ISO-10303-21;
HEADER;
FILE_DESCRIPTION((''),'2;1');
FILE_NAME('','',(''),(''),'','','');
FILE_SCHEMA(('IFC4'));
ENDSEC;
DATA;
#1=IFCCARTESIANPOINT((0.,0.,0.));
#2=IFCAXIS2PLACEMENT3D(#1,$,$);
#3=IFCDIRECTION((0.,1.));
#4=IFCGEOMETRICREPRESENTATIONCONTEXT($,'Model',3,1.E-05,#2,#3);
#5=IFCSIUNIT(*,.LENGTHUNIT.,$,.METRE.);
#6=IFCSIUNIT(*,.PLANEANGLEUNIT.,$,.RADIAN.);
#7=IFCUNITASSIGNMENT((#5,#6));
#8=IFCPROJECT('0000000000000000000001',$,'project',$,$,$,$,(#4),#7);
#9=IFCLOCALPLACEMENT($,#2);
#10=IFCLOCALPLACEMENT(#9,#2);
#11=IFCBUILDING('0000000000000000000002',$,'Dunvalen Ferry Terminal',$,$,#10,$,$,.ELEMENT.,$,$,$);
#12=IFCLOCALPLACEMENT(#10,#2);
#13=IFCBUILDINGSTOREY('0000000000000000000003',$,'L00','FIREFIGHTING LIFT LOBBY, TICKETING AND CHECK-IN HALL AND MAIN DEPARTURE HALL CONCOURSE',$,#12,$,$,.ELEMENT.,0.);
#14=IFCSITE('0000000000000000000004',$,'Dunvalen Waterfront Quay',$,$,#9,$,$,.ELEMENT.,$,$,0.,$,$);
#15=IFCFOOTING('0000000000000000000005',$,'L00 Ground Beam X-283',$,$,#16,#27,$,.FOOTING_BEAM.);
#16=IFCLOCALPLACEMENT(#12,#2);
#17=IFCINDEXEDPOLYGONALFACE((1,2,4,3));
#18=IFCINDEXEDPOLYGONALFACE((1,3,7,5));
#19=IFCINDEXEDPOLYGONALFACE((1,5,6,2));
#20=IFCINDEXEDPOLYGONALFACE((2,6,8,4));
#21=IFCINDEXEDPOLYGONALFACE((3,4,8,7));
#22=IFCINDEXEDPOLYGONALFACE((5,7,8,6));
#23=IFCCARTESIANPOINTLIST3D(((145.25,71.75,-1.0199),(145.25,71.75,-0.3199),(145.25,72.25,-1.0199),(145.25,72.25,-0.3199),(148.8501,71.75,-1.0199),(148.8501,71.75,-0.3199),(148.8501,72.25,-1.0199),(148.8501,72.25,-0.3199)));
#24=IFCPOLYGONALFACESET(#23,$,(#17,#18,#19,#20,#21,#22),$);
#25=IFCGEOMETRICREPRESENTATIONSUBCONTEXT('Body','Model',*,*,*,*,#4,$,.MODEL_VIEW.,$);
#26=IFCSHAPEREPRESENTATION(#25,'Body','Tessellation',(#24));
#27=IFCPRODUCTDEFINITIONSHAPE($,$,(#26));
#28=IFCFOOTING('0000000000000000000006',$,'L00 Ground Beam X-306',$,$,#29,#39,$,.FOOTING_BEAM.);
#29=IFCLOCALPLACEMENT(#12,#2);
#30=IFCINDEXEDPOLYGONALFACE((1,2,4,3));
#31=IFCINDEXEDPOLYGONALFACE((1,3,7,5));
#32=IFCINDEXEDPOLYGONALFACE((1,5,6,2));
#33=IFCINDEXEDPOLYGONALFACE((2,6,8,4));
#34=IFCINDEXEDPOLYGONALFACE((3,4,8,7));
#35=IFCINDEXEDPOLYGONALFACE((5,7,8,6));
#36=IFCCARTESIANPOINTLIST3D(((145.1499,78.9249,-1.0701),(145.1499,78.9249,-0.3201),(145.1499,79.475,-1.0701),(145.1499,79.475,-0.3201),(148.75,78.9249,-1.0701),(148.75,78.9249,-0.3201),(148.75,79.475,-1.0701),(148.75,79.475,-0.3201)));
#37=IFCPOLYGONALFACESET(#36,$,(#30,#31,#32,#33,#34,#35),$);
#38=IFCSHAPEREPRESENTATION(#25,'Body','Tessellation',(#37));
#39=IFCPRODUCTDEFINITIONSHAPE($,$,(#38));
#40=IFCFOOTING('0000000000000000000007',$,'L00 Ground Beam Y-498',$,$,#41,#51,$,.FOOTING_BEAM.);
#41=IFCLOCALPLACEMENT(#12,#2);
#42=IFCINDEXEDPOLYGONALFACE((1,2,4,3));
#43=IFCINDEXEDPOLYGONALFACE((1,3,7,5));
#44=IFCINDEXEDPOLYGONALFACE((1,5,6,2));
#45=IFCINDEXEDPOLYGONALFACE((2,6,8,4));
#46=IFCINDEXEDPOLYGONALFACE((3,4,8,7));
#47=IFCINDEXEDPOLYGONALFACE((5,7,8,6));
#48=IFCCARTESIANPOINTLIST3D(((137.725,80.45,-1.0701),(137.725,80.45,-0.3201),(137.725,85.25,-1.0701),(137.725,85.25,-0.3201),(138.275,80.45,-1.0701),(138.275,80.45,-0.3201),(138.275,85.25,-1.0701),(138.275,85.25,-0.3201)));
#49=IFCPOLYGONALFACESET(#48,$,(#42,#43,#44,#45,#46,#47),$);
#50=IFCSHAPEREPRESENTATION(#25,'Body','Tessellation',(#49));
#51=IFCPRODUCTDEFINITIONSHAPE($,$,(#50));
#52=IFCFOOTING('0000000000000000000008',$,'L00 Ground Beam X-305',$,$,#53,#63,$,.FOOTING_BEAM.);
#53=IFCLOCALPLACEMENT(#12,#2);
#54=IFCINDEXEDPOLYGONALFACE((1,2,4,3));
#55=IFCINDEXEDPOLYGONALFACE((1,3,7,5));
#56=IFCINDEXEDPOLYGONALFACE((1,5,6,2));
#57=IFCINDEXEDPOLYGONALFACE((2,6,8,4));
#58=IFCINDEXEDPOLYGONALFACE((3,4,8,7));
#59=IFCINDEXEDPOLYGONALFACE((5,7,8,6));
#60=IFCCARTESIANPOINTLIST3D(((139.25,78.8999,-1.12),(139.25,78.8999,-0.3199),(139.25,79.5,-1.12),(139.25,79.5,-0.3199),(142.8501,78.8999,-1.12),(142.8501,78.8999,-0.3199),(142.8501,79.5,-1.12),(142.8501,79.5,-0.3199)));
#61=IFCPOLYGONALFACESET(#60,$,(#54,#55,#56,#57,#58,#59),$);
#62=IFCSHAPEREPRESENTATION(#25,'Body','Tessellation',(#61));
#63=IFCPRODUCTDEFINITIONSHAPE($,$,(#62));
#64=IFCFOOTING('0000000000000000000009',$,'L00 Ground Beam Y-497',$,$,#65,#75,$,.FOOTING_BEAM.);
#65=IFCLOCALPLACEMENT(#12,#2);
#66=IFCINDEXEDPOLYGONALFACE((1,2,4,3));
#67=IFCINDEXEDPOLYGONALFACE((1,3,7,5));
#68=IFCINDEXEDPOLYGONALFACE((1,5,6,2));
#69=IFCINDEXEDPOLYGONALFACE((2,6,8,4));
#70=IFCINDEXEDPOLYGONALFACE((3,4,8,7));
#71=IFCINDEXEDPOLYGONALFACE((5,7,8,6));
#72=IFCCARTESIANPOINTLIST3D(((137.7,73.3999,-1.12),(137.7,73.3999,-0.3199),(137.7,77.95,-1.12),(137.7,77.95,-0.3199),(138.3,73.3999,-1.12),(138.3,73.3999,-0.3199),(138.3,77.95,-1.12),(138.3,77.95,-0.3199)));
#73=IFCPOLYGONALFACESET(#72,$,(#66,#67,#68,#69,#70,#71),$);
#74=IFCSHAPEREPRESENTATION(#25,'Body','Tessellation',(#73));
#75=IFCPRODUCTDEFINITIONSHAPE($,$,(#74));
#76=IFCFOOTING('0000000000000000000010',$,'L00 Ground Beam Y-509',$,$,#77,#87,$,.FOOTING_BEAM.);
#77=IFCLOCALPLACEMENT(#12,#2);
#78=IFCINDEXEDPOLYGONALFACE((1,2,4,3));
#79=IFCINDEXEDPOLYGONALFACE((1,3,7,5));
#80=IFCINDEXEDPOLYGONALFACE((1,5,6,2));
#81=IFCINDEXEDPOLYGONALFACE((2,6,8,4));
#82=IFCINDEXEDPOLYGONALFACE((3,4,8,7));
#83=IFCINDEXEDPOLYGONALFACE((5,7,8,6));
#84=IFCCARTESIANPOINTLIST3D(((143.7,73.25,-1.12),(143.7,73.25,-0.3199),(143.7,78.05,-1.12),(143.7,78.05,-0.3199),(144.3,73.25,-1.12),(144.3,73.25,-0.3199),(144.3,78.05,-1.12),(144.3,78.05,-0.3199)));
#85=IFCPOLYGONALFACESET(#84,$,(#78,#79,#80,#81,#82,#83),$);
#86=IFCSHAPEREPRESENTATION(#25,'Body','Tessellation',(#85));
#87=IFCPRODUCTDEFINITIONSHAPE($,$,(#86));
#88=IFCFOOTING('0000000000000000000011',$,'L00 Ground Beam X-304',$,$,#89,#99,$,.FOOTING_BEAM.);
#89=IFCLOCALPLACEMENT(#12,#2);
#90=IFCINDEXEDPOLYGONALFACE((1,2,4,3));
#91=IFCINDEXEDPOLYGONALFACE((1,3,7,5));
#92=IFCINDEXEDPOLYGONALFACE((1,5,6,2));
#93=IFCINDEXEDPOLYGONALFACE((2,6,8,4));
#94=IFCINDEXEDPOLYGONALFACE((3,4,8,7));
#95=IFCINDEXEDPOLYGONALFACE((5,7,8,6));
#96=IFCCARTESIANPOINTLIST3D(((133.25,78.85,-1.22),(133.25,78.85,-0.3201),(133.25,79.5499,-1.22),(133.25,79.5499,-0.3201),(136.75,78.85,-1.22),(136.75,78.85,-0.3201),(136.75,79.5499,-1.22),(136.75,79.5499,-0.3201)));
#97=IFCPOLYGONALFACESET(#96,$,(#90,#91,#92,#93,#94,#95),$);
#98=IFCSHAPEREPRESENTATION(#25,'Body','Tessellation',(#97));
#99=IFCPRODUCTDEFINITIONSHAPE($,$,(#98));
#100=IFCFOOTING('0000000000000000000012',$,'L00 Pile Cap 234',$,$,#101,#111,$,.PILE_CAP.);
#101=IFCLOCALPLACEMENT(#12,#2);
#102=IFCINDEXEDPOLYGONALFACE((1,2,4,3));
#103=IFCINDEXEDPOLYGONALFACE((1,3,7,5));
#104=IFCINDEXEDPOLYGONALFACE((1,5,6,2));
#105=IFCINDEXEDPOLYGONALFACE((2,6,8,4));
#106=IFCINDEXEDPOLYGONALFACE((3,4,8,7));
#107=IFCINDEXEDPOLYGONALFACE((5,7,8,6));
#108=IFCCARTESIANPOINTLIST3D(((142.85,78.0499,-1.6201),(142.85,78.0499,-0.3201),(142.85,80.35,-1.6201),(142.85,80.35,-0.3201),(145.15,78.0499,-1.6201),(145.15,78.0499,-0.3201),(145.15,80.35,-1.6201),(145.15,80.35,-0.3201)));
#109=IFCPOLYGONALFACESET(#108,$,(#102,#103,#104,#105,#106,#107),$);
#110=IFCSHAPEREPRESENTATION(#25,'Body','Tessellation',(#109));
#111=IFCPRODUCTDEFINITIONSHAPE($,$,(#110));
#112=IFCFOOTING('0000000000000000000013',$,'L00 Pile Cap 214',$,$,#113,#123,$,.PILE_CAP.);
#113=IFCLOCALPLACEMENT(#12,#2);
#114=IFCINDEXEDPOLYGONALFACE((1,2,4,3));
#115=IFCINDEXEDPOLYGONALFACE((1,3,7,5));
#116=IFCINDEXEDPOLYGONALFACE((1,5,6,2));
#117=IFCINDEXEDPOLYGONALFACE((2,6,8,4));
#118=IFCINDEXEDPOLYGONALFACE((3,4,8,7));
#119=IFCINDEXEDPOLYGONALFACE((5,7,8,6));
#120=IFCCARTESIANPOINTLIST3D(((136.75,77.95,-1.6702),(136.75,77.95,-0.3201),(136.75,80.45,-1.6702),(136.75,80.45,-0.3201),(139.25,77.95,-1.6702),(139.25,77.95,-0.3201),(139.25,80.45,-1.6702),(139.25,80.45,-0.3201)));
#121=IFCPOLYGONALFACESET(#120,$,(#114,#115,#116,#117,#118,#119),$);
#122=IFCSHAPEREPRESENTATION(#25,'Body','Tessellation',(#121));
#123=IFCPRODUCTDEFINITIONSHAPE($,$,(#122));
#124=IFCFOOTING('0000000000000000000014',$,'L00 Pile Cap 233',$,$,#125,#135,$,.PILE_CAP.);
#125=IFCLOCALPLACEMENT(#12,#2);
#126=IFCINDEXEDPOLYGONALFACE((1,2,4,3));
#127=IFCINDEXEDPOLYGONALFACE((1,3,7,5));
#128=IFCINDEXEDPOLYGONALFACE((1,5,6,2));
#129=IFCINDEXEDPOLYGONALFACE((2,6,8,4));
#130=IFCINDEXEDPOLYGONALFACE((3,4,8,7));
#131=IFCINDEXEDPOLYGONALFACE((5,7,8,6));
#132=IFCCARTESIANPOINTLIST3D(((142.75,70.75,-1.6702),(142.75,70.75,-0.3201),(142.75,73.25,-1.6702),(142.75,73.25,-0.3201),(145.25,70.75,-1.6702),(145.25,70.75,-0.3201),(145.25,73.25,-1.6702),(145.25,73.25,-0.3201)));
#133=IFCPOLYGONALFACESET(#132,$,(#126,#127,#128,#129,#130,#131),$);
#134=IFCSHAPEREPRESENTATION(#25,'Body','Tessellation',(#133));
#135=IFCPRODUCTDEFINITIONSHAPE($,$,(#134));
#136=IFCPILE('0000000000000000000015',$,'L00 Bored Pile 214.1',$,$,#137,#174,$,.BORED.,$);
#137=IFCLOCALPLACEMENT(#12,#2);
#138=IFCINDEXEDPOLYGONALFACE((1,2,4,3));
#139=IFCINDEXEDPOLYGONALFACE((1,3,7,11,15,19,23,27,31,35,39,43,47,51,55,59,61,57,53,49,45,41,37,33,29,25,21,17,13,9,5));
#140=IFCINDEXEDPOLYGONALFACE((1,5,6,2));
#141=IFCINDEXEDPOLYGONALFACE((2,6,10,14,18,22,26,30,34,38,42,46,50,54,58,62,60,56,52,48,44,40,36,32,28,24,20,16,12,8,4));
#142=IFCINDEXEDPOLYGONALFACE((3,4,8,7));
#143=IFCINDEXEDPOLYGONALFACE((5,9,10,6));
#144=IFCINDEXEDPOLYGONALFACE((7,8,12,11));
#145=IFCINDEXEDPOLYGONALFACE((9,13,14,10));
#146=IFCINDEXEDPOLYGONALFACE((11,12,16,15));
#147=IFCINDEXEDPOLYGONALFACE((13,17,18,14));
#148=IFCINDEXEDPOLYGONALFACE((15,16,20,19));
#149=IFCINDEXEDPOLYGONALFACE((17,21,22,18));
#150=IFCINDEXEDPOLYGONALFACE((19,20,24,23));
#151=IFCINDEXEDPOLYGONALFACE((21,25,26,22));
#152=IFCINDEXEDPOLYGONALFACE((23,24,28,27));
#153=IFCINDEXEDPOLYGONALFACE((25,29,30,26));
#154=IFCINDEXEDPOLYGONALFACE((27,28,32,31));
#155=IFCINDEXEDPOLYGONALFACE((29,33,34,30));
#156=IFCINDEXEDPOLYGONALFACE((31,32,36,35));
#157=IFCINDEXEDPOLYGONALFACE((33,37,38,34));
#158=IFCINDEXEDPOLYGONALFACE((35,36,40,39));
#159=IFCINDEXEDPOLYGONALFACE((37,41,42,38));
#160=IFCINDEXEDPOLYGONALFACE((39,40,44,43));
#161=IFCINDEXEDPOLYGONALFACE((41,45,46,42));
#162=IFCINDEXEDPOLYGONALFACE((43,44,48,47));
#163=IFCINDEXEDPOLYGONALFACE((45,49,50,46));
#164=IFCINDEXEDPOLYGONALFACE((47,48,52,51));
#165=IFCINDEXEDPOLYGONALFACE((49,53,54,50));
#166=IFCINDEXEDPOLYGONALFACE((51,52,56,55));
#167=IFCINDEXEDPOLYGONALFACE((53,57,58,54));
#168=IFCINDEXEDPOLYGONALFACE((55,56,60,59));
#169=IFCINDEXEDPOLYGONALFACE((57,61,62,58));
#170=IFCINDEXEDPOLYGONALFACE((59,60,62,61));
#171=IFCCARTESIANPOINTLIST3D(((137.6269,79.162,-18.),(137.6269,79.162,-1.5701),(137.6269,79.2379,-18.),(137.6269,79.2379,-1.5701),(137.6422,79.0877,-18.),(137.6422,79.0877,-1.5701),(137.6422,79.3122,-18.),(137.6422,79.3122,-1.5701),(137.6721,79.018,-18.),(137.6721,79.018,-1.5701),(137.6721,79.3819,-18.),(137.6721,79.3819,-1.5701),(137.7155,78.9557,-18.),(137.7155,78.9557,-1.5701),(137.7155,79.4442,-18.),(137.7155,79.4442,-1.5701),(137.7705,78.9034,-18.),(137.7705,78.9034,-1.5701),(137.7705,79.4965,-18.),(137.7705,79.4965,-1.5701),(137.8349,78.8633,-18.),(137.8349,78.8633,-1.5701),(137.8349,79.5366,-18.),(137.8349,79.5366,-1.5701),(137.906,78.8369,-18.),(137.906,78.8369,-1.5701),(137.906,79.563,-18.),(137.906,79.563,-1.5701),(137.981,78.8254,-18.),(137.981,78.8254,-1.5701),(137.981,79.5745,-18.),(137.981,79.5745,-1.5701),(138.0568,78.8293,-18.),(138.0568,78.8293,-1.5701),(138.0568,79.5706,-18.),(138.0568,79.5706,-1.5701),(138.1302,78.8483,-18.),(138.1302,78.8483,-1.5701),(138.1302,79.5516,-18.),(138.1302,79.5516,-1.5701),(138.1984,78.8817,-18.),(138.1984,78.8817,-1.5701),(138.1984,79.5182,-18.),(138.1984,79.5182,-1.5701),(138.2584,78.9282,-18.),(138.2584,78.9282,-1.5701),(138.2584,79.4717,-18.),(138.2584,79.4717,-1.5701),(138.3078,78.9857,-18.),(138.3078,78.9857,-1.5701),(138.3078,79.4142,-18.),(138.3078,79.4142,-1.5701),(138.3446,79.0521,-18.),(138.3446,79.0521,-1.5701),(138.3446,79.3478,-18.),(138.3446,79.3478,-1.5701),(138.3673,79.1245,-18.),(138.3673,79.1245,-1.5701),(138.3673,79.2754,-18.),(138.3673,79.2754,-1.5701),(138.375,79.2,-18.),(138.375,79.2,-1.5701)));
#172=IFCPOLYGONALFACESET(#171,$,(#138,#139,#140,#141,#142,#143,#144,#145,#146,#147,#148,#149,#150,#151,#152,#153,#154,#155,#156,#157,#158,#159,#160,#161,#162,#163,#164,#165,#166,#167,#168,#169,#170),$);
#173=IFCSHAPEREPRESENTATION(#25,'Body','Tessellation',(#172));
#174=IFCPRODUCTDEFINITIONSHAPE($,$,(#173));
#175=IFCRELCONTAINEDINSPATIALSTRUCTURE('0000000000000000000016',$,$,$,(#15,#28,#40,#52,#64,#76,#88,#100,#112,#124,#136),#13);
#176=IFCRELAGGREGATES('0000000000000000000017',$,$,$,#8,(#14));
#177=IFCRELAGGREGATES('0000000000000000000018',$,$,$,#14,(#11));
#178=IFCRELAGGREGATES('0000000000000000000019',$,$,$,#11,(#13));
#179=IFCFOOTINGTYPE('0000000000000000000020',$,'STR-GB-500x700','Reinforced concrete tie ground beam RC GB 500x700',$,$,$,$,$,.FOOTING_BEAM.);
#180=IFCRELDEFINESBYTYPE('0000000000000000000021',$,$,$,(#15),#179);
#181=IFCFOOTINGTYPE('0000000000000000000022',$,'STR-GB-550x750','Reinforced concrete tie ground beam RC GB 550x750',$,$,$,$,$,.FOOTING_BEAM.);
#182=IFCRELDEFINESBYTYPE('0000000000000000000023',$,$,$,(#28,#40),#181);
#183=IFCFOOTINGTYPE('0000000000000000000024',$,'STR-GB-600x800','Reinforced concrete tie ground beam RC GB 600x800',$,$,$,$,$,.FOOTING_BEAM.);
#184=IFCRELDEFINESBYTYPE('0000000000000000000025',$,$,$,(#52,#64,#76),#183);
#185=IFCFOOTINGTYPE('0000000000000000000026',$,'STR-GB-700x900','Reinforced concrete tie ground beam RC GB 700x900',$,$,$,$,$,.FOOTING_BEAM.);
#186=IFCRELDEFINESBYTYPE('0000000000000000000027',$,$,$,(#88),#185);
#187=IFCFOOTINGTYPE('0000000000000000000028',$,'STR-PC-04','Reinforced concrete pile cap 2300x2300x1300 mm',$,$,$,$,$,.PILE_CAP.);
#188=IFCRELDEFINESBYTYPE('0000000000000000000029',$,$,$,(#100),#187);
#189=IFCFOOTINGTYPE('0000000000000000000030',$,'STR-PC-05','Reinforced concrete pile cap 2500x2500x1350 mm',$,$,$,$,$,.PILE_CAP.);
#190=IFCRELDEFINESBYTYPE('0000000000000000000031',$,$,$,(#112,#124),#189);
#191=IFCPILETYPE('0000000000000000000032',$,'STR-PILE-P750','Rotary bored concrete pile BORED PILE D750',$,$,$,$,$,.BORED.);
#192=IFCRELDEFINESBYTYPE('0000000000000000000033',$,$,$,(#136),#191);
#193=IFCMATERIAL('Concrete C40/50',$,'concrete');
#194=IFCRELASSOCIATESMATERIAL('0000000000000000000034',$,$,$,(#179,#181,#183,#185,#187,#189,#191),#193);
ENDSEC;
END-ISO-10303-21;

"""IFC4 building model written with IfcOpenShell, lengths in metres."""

from ifc_helpers import new_model, si_unit, direction, frame, origin, origin_2d, place, context, subcontext, project, spatial, rectangle, circle, extrude, material, material_profile, profile_set, type_object, element, save


model = new_model("IFC4")

# Units and contexts
model_context = context("Model", 3, precision=1e-05, world=origin(), true_north=direction((0.0, 1.0)))
body_context = subcontext(model_context, "Body", "Model", "MODEL_VIEW")
ifc_project = project(units=[si_unit("LENGTHUNIT", "METRE"), si_unit("PLANEANGLEUNIT", "RADIAN")], contexts=[model_context])

# Site, building, storey
site_placement = place(None, origin())
site = spatial("IfcSite", under=ifc_project, at=site_placement, Name="Dunvalen Waterfront Quay", CompositionType="ELEMENT", RefElevation=0.0)
building_placement = place(site_placement, origin())
building = spatial("IfcBuilding", under=site, at=building_placement, Name="Dunvalen Ferry Terminal", CompositionType="ELEMENT")
storey_placement = place(building_placement, origin())
storey = spatial("IfcBuildingStorey", under=building, at=storey_placement, Name="L00", Description="FIREFIGHTING LIFT LOBBY, TICKETING AND CHECK-IN HALL AND MAIN DEPARTURE HALL CONCOURSE", CompositionType="ELEMENT", Elevation=0.0)

# Footings
ifc_material_1 = material(Name="Concrete C40/50", Category="concrete")
ifc_material_profile_1 = material_profile(ifc_material_1, rectangle(XDim=0.5, YDim=0.7, at=origin_2d()), Name="Concrete C40/50")
ifc_profile_set_1 = profile_set([ifc_material_profile_1], Name="Concrete C40/50")
footing_type_1 = type_object("IfcFootingType", Name="STR-GB-500x700", Description="Reinforced concrete tie ground beam RC GB 500x700", PredefinedType="FOOTING_BEAM", material=ifc_profile_set_1)
footing_1_placement = place(storey_placement, frame((145.25, 72.0, -0.6699), z_axis=(1.0, 0.0, 0.0), x_axis=(0.0, 1.0, 0.0)))
element("IfcFooting", 1, at=footing_1_placement, inside=storey, type_object=footing_type_1, Name="L00 Ground Beam X-283", PredefinedType="FOOTING_BEAM", context=body_context, shape_type="SweptSolid", body=[
    extrude(rectangle(XDim=0.5, YDim=0.7, at=origin_2d()), origin(), (0.0, 0.0, 1.0), 3.6001),
])
ifc_material_profile_2 = material_profile(ifc_material_1, rectangle(XDim=0.55, YDim=0.75, at=origin_2d()), Name="Concrete C40/50")
ifc_profile_set_2 = profile_set([ifc_material_profile_2], Name="Concrete C40/50")
footing_type_2 = type_object("IfcFootingType", Name="STR-GB-550x750", Description="Reinforced concrete tie ground beam RC GB 550x750", PredefinedType="FOOTING_BEAM", material=ifc_profile_set_2)
footing_2_placement = place(storey_placement, frame((145.1499, 79.2, -0.6951), z_axis=(1.0, 0.0, 0.0), x_axis=(0.0, 1.0, 0.0)))
element("IfcFooting", 2, at=footing_2_placement, inside=storey, type_object=footing_type_2, Name="L00 Ground Beam X-306", PredefinedType="FOOTING_BEAM", context=body_context, shape_type="SweptSolid", body=[
    extrude(rectangle(XDim=0.55, YDim=0.75, at=origin_2d()), origin(), (0.0, 0.0, 1.0), 3.6001),
])
footing_3_placement = place(storey_placement, frame((138.0, 80.45, -0.6951), z_axis=(0.0, 1.0, 0.0), x_axis=(-1.0, 0.0, 0.0)))
element("IfcFooting", 3, at=footing_3_placement, inside=storey, type_object=footing_type_2, Name="L00 Ground Beam Y-498", PredefinedType="FOOTING_BEAM", context=body_context, shape_type="SweptSolid", body=[
    extrude(rectangle(XDim=0.55, YDim=0.75, at=origin_2d()), origin(), (0.0, 0.0, 1.0), 4.8),
])
ifc_material_profile_3 = material_profile(ifc_material_1, rectangle(XDim=0.6001, YDim=0.8, at=origin_2d()), Name="Concrete C40/50")
ifc_profile_set_3 = profile_set([ifc_material_profile_3], Name="Concrete C40/50")
footing_type_3 = type_object("IfcFootingType", Name="STR-GB-600x800", Description="Reinforced concrete tie ground beam RC GB 600x800", PredefinedType="FOOTING_BEAM", material=ifc_profile_set_3)
footing_4_placement = place(storey_placement, frame((139.25, 79.2, -0.72), z_axis=(1.0, 0.0, 0.0), x_axis=(0.0, 1.0, 0.0)))
element("IfcFooting", 4, at=footing_4_placement, inside=storey, type_object=footing_type_3, Name="L00 Ground Beam X-305", PredefinedType="FOOTING_BEAM", context=body_context, shape_type="SweptSolid", body=[
    extrude(rectangle(XDim=0.6001, YDim=0.8, at=origin_2d()), origin(), (0.0, 0.0, 1.0), 3.6001),
])
footing_5_placement = place(storey_placement, frame((138.0, 73.3999, -0.72), z_axis=(0.0, 1.0, 0.0), x_axis=(-1.0, 0.0, 0.0)))
element("IfcFooting", 5, at=footing_5_placement, inside=storey, type_object=footing_type_3, Name="L00 Ground Beam Y-497", PredefinedType="FOOTING_BEAM", context=body_context, shape_type="SweptSolid", body=[
    extrude(rectangle(XDim=0.6001, YDim=0.8, at=origin_2d()), origin(), (0.0, 0.0, 1.0), 4.55),
])
footing_6_placement = place(storey_placement, frame((144.0, 73.25, -0.72), z_axis=(0.0, 1.0, 0.0), x_axis=(-1.0, 0.0, 0.0)))
element("IfcFooting", 6, at=footing_6_placement, inside=storey, type_object=footing_type_3, Name="L00 Ground Beam Y-509", PredefinedType="FOOTING_BEAM", context=body_context, shape_type="SweptSolid", body=[
    extrude(rectangle(XDim=0.6001, YDim=0.8, at=origin_2d()), origin(), (0.0, 0.0, 1.0), 4.8),
])
ifc_material_profile_4 = material_profile(ifc_material_1, rectangle(XDim=0.7, YDim=0.8999, at=origin_2d()), Name="Concrete C40/50")
ifc_profile_set_4 = profile_set([ifc_material_profile_4], Name="Concrete C40/50")
footing_type_4 = type_object("IfcFootingType", Name="STR-GB-700x900", Description="Reinforced concrete tie ground beam RC GB 700x900", PredefinedType="FOOTING_BEAM", material=ifc_profile_set_4)
footing_7_placement = place(storey_placement, frame((133.25, 79.2, -0.77), z_axis=(1.0, 0.0, 0.0), x_axis=(0.0, 1.0, 0.0)))
element("IfcFooting", 7, at=footing_7_placement, inside=storey, type_object=footing_type_4, Name="L00 Ground Beam X-304", PredefinedType="FOOTING_BEAM", context=body_context, shape_type="SweptSolid", body=[
    extrude(rectangle(XDim=0.7, YDim=0.8999, at=origin_2d()), origin(), (0.0, 0.0, 1.0), 3.5),
])
footing_type_5 = type_object("IfcFootingType", Name="STR-PC-04", Description="Reinforced concrete pile cap 2300x2300x1300 mm", PredefinedType="PILE_CAP", material=ifc_material_1)
footing_8_placement = place(storey_placement, frame((144.0, 79.2, -1.6201), z_axis=(0.0, 0.0, 1.0), x_axis=(1.0, 0.0, 0.0)))
element("IfcFooting", 8, at=footing_8_placement, inside=storey, type_object=footing_type_5, Name="L00 Pile Cap 234", PredefinedType="PILE_CAP", context=body_context, shape_type="SweptSolid", body=[
    extrude(rectangle(XDim=2.3, YDim=2.3, at=origin_2d()), origin(), (0.0, 0.0, 1.0), 1.3),
])
footing_type_6 = type_object("IfcFootingType", Name="STR-PC-05", Description="Reinforced concrete pile cap 2500x2500x1350 mm", PredefinedType="PILE_CAP", material=ifc_material_1)
for number, where, z_axis, x_axis, name in (
    (9, (138.0, 79.2, -1.6702), (0.0, 0.0, 1.0), (1.0, 0.0, 0.0), "L00 Pile Cap 214"),
    (10, (144.0, 72.0, -1.6702), (0.0, 0.0, 1.0), (1.0, 0.0, 0.0), "L00 Pile Cap 233"),
):
    element("IfcFooting", number, at=place(storey_placement, frame(where, z_axis=z_axis, x_axis=x_axis)), inside=storey, type_object=footing_type_6, Name=name, PredefinedType="PILE_CAP", context=body_context, shape_type="SweptSolid", body=[
        extrude(rectangle(XDim=2.5, YDim=2.5, at=origin_2d()), origin(), (0.0, 0.0, 1.0), 1.3501),
    ])

# Pile
ifc_material_profile_5 = material_profile(ifc_material_1, circle(Radius=0.375, at=origin_2d()), Name="Concrete C40/50")
ifc_profile_set_5 = profile_set([ifc_material_profile_5], Name="Concrete C40/50")
pile_type_1 = type_object("IfcPileType", Name="STR-PILE-P750", Description="Rotary bored concrete pile BORED PILE D750", PredefinedType="BORED", material=ifc_profile_set_5)
for number, where, z_axis, x_axis, name in (
    (11, (138.0, 79.2, -1.5701), (0.0, 0.0, -1.0), (1.0, 0.0, 0.0), "L00 Bored Pile 214.1"),
):
    element("IfcPile", number, at=place(storey_placement, frame(where, z_axis=z_axis, x_axis=x_axis)), inside=storey, type_object=pile_type_1, Name=name, PredefinedType="BORED", context=body_context, shape_type="SweptSolid", body=[
        extrude(circle(Radius=0.375, at=origin_2d()), origin(), (0.0, 0.0, 1.0), 16.4299),
    ])

save(model, "model.ifc")
